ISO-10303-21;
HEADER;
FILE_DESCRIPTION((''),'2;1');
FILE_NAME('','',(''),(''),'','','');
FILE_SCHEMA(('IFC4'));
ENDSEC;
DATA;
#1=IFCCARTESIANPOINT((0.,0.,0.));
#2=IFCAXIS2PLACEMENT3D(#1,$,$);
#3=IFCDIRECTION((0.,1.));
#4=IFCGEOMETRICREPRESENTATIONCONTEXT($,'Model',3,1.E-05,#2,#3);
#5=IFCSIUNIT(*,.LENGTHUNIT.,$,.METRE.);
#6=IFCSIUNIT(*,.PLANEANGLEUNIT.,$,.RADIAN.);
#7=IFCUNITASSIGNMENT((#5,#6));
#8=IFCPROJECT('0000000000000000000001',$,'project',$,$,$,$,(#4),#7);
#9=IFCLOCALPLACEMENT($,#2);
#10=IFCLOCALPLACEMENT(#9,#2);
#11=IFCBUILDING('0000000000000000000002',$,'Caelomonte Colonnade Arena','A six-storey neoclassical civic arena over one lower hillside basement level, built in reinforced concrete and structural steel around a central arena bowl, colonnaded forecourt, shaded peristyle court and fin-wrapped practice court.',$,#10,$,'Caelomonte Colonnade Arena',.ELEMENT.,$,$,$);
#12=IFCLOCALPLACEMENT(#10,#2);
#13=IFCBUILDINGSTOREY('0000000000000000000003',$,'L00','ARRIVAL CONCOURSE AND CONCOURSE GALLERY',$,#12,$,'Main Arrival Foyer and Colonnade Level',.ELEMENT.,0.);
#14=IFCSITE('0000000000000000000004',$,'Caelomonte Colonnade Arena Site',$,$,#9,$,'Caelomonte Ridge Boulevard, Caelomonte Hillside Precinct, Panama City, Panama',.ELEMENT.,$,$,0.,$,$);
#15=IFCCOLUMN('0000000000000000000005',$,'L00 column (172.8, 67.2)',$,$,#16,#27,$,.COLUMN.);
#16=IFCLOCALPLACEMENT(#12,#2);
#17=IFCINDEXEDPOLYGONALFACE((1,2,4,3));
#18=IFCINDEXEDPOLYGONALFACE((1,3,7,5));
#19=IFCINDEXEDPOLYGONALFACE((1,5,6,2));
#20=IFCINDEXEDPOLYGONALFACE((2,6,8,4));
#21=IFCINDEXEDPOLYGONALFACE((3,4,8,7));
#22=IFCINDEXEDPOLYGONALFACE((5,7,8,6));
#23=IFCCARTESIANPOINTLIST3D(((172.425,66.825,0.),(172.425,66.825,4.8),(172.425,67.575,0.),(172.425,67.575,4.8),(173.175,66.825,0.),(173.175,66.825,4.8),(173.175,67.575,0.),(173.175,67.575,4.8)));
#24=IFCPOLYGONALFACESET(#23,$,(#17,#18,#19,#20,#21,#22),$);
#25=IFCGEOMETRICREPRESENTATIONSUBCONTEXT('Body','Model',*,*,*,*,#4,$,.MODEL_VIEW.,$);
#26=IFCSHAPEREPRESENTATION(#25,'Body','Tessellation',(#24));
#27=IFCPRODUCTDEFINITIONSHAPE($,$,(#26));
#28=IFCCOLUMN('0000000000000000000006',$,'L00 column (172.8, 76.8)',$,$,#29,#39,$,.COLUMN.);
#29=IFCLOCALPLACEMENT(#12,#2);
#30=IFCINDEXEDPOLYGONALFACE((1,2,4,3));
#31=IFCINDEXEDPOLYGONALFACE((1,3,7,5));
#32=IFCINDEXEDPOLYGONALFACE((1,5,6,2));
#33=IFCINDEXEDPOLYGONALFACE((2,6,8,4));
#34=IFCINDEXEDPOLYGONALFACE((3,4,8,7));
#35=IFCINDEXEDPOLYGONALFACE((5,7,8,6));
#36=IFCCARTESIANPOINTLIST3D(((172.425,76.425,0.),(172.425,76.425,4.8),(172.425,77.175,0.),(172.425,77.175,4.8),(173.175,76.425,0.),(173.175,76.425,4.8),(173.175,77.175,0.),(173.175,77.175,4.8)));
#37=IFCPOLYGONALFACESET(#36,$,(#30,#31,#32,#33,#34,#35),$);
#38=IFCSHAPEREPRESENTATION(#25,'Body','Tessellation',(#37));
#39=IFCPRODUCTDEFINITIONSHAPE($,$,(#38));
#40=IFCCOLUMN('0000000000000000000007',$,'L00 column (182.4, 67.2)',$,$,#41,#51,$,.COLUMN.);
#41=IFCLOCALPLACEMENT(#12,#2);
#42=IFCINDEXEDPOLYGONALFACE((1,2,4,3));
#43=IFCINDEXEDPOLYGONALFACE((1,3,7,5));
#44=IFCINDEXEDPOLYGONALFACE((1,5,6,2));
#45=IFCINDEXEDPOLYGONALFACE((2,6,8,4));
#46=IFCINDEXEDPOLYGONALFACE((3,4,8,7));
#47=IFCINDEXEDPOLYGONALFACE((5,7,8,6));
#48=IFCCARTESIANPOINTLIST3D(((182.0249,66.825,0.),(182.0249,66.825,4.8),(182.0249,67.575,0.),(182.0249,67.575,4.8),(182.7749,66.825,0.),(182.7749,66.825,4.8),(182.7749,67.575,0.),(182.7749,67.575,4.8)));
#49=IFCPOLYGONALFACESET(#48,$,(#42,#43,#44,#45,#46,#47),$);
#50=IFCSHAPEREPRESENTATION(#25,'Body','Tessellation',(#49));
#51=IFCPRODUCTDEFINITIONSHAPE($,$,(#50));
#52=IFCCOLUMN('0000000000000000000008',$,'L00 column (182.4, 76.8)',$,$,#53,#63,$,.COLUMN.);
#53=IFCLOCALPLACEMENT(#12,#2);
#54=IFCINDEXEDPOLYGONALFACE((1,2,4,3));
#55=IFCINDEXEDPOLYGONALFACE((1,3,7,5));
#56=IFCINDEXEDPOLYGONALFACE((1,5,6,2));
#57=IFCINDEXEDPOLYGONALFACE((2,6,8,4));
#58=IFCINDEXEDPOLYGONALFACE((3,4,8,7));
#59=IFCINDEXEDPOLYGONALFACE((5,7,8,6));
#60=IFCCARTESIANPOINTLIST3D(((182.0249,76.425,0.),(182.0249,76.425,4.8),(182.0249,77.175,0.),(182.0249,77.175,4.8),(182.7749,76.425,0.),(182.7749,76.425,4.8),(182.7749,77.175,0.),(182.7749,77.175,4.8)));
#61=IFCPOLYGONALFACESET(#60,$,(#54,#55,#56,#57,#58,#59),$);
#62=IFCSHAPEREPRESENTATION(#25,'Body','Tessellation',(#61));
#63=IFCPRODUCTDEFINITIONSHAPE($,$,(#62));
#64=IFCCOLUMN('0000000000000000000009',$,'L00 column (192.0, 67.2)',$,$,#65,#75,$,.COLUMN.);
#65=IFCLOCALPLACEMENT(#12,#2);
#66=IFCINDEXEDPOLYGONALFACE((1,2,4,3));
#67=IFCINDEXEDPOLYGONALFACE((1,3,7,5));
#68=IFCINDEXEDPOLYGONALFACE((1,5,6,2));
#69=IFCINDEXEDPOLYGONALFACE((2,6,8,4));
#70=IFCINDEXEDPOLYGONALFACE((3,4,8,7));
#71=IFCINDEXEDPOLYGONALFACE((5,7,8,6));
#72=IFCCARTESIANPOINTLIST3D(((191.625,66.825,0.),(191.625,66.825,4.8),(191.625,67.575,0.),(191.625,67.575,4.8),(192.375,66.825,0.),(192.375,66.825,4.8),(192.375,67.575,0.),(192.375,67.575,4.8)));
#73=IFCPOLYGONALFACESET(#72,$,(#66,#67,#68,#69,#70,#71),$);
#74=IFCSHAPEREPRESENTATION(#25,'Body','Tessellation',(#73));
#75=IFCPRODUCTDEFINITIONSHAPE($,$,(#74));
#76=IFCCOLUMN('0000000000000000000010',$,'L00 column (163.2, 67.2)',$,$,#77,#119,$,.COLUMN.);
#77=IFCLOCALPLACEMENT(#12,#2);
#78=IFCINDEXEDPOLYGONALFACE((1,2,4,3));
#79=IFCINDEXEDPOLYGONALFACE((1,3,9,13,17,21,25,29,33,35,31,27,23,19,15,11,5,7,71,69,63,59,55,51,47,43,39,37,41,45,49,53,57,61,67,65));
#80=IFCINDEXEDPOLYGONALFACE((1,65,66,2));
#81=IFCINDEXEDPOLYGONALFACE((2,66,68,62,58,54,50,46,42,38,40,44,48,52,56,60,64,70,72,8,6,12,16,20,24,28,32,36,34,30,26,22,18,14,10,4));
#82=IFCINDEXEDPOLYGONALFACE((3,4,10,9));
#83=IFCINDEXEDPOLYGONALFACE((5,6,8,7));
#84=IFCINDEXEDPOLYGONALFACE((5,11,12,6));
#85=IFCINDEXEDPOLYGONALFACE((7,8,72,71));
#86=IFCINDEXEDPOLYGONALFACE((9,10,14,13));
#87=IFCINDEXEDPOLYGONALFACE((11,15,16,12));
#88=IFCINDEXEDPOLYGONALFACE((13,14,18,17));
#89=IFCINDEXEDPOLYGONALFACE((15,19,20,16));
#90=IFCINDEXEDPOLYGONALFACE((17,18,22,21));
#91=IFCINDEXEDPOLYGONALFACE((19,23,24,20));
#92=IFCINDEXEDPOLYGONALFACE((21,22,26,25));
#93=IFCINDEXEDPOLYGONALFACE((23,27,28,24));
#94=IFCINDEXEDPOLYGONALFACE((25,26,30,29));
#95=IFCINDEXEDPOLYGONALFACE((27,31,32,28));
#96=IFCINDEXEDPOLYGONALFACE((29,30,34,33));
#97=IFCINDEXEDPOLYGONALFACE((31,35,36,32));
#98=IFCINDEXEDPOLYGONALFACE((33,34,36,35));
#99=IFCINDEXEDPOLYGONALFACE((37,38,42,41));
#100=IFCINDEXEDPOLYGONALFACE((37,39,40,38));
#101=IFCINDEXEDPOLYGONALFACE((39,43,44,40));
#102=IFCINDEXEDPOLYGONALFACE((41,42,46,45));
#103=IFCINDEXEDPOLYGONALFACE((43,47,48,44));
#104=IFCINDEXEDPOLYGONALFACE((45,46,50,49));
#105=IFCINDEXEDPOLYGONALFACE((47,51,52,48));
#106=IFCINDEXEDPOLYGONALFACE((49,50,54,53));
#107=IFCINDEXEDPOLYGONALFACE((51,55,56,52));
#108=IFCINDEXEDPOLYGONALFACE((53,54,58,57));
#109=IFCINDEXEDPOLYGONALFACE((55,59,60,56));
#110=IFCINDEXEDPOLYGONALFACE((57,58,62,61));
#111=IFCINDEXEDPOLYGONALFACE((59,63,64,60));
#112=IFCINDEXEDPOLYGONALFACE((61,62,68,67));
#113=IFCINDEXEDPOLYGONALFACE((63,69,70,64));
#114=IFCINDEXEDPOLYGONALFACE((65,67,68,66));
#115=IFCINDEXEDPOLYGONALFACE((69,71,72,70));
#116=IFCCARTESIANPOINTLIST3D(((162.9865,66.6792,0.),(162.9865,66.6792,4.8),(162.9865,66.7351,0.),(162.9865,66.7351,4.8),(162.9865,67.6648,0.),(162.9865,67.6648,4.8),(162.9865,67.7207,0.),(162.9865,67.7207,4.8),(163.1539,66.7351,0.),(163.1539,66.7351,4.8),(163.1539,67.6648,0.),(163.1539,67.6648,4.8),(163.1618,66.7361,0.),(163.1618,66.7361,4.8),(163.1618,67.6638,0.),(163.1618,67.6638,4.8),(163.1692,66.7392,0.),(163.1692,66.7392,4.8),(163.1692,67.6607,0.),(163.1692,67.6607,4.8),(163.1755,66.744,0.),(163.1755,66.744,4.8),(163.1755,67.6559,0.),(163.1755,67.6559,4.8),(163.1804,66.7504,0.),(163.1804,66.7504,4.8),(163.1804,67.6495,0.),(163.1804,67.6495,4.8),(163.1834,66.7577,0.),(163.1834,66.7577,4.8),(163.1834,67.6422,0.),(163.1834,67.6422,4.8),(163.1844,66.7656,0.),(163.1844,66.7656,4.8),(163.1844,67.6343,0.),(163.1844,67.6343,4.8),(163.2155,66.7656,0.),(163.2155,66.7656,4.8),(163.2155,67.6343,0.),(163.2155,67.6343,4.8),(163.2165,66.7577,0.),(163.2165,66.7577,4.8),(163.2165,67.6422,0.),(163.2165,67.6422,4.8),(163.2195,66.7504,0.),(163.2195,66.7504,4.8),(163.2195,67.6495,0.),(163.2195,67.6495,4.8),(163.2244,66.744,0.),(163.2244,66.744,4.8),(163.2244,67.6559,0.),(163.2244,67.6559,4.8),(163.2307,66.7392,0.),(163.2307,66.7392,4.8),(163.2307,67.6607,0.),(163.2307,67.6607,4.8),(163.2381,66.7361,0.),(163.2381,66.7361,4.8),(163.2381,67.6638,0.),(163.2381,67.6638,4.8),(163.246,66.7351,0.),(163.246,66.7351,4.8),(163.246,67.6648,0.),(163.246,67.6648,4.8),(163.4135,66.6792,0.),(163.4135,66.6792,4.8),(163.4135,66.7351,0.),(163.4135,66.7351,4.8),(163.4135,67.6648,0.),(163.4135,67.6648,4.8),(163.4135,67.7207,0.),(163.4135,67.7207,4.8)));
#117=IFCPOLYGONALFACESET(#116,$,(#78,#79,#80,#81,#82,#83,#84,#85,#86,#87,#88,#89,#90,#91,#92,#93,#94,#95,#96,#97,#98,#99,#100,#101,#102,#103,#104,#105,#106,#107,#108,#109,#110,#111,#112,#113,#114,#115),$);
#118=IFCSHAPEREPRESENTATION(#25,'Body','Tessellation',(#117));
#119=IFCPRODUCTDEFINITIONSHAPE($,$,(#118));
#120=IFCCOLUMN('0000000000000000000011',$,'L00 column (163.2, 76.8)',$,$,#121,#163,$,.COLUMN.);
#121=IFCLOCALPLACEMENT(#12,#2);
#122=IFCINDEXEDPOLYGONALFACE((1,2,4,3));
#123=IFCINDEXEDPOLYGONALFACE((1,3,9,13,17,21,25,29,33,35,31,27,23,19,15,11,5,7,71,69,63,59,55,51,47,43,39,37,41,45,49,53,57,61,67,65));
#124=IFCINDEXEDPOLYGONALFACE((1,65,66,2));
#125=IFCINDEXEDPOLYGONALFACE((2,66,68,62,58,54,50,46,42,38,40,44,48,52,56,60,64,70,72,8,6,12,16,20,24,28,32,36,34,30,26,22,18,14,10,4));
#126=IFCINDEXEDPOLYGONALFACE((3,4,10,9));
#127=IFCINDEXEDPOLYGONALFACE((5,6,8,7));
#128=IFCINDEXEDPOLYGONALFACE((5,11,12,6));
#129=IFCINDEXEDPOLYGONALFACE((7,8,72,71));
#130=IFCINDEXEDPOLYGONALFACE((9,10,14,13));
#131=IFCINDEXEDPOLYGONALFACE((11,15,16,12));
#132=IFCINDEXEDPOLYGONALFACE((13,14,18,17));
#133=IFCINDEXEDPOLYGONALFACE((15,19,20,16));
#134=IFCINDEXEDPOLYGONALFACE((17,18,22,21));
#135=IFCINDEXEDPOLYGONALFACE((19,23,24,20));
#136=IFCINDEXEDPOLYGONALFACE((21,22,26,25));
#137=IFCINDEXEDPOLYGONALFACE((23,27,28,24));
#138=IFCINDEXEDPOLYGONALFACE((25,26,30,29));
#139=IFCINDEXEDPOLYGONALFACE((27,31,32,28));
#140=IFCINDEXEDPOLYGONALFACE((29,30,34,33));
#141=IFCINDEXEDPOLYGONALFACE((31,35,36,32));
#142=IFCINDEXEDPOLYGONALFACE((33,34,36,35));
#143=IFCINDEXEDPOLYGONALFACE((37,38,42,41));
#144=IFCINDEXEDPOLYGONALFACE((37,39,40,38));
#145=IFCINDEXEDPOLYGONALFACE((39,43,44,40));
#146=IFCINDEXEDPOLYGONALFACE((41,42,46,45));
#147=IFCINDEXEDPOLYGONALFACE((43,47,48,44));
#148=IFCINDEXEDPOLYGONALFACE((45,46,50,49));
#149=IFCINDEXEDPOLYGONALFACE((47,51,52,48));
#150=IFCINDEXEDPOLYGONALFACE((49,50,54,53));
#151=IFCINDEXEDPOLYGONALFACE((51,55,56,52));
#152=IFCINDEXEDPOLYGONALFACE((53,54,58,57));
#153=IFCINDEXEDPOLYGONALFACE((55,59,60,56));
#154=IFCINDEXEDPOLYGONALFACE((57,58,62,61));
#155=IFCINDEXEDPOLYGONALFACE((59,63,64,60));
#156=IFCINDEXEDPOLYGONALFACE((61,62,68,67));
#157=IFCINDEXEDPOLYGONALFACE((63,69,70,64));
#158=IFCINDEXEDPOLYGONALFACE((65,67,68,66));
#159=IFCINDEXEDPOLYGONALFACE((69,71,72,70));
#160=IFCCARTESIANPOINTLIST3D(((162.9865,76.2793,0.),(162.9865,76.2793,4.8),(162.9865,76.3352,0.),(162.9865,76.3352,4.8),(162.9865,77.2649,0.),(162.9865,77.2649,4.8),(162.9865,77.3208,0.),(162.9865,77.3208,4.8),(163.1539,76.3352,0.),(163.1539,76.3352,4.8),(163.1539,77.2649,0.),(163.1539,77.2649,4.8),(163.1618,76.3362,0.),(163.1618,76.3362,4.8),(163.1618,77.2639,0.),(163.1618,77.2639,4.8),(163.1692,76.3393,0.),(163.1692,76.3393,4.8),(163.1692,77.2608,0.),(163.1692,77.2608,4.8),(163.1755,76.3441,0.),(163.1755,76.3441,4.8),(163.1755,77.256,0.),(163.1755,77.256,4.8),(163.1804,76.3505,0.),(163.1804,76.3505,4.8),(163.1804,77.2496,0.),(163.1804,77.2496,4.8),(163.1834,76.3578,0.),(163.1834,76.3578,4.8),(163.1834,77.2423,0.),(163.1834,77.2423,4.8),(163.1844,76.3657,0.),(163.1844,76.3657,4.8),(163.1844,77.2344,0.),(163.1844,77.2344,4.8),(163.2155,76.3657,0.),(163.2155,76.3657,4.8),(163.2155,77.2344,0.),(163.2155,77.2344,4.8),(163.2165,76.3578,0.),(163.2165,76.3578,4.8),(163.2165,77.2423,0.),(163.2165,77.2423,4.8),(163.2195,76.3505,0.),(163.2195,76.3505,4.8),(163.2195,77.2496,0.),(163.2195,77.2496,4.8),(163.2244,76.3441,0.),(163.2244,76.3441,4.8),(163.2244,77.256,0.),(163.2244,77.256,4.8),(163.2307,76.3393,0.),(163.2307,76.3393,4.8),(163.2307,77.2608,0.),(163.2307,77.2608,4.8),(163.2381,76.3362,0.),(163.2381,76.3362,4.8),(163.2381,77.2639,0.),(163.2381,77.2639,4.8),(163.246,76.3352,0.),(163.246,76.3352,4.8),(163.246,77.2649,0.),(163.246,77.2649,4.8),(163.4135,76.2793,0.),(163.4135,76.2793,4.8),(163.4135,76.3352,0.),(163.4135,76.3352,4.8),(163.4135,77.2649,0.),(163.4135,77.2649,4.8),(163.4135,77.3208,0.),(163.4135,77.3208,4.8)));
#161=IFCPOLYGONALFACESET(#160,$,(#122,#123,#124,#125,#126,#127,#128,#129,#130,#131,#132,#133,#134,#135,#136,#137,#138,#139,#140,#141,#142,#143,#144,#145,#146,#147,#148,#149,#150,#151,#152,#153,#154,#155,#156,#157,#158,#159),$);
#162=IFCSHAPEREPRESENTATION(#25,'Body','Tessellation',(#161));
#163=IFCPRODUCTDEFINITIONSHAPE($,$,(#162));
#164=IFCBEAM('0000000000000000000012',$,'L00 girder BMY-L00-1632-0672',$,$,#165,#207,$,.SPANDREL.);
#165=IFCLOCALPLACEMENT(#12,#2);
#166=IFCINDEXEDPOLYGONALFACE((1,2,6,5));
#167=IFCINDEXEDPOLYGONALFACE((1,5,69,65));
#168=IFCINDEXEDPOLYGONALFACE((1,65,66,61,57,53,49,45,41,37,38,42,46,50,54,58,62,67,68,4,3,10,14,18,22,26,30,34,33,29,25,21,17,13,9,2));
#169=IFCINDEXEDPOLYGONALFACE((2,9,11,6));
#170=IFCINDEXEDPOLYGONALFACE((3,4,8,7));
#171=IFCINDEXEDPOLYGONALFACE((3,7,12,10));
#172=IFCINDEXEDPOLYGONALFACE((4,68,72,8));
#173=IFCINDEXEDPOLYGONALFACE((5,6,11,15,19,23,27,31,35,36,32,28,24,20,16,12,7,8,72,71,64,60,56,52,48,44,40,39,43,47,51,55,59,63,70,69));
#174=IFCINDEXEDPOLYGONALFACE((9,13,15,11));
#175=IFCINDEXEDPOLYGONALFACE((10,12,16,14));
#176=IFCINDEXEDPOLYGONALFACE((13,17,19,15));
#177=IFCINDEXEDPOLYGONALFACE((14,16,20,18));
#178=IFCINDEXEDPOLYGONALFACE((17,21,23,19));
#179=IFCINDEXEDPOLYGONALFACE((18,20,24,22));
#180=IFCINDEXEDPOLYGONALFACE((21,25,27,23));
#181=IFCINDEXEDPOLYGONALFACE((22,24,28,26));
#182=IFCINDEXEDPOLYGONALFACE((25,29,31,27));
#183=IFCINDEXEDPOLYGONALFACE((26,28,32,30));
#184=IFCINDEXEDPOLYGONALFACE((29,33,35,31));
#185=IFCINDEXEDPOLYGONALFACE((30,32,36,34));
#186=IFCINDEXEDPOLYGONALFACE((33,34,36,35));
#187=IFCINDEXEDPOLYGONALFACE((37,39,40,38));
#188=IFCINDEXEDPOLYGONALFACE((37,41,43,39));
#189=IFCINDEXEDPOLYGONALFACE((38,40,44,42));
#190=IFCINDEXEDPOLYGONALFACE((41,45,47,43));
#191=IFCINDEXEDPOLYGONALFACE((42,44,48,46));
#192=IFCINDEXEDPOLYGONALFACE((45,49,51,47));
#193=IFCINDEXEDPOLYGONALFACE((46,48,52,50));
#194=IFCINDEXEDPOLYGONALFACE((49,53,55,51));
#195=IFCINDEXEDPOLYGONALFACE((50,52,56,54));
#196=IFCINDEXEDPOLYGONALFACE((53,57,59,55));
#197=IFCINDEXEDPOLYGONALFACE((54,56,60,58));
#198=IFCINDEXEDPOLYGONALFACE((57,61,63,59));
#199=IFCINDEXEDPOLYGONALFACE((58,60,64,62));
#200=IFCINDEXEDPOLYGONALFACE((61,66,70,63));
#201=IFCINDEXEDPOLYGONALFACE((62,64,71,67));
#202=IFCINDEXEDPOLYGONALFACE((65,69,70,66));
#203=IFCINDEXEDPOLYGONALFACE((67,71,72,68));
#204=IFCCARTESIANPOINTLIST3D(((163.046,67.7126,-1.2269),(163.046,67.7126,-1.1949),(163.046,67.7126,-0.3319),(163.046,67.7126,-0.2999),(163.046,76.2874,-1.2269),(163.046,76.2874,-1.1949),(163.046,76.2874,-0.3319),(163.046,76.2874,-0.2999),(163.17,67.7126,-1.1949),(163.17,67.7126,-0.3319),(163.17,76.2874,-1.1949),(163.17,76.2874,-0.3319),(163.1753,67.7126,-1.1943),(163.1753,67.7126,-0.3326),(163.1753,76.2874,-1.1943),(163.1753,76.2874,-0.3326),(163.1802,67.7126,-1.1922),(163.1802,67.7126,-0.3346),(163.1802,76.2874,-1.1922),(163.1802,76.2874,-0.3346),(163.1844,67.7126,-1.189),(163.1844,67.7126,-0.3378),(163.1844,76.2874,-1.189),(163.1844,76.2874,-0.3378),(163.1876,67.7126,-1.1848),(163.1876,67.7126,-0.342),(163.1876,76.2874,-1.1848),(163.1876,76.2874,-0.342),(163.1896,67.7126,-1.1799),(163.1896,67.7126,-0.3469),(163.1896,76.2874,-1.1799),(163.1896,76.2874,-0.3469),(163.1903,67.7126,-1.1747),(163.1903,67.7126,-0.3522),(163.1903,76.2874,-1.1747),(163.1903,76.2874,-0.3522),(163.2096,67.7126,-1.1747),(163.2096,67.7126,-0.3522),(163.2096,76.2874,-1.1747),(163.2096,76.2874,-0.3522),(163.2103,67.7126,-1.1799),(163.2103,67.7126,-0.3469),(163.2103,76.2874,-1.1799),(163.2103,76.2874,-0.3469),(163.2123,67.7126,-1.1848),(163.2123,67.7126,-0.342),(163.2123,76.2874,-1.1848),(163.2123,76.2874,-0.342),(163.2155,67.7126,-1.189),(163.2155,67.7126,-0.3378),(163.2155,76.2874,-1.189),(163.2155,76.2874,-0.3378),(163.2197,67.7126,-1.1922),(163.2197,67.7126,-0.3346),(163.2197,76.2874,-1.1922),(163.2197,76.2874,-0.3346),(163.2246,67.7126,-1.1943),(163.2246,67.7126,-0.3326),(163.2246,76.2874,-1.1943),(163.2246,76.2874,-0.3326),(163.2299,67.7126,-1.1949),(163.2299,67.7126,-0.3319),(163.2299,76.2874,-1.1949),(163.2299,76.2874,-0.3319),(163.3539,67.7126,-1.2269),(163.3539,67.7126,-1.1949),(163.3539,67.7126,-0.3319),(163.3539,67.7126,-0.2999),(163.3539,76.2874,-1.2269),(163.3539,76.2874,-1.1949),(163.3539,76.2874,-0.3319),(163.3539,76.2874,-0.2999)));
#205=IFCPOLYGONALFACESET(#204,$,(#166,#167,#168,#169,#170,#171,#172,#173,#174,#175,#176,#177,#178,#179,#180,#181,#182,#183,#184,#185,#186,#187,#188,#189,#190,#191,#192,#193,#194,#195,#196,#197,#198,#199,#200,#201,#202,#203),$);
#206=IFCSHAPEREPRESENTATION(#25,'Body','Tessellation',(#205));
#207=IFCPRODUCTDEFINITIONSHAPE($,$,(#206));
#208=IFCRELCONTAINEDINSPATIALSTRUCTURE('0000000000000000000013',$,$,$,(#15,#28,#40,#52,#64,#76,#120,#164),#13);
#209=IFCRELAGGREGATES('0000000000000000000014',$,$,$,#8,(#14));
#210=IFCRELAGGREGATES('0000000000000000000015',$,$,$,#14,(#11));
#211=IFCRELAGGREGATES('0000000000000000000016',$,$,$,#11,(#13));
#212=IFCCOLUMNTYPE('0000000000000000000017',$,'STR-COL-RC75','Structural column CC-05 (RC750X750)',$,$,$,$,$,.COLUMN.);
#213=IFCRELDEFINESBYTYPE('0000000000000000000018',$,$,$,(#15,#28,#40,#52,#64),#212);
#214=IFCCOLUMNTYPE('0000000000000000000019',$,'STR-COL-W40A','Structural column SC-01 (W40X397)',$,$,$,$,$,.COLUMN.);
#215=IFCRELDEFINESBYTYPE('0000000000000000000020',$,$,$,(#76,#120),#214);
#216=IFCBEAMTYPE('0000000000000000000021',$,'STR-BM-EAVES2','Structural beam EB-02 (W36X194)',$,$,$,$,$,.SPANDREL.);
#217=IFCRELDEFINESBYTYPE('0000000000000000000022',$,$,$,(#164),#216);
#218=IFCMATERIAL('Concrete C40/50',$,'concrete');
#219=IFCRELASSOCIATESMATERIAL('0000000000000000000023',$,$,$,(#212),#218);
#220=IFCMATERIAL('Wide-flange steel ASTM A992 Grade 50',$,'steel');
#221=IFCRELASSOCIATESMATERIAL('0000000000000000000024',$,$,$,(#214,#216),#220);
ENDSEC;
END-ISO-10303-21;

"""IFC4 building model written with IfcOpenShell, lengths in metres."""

from ifc_helpers import new_model, si_unit, direction, frame, origin, origin_2d, place, context, subcontext, project, spatial, rectangle, i_section, extrude, material, material_profile, profile_set, type_object, element, save


model = new_model("IFC4")

# Units and contexts
model_context = context("Model", 3, precision=1e-05, world=origin(), true_north=direction((0.0, 1.0)))
body_context = subcontext(model_context, "Body", "Model", "MODEL_VIEW")
ifc_project = project(units=[si_unit("LENGTHUNIT", "METRE"), si_unit("PLANEANGLEUNIT", "RADIAN")], contexts=[model_context])

# Site, building, storey
site_placement = place(None, origin())
site = spatial("IfcSite", under=ifc_project, at=site_placement, Name="Caelomonte Colonnade Arena Site", LongName="Caelomonte Ridge Boulevard, Caelomonte Hillside Precinct, Panama City, Panama", CompositionType="ELEMENT", RefElevation=0.0)
building_placement = place(site_placement, origin())
building = spatial("IfcBuilding", under=site, at=building_placement, Name="Caelomonte Colonnade Arena", Description="A six-storey neoclassical civic arena over one lower hillside basement level, built in reinforced concrete and structural steel around a central arena bowl, colonnaded forecourt, shaded peristyle court and fin-wrapped practice court.", LongName="Caelomonte Colonnade Arena", CompositionType="ELEMENT")
storey_placement = place(building_placement, origin())
storey = spatial("IfcBuildingStorey", under=building, at=storey_placement, Name="L00", Description="ARRIVAL CONCOURSE AND CONCOURSE GALLERY", LongName="Main Arrival Foyer and Colonnade Level", CompositionType="ELEMENT", Elevation=0.0)

# Columns
ifc_material_1 = material(Name="Concrete C40/50", Category="concrete")
ifc_material_profile_1 = material_profile(ifc_material_1, rectangle(XDim=0.75, YDim=0.75, at=origin_2d()), Name="RC750X750")
ifc_profile_set_1 = profile_set([ifc_material_profile_1], Name="Concrete C40/50")
column_type_1 = type_object("IfcColumnType", Name="STR-COL-RC75", Description="Structural column CC-05 (RC750X750)", PredefinedType="COLUMN", material=ifc_profile_set_1)
for number, where, z_axis, x_axis, name in (
    (1, (172.8, 67.2, 0.0), (0.0, 0.0, 1.0), (1.0, 0.0, 0.0), "L00 column (172.8, 67.2)"),
    (2, (172.8, 76.8, 0.0), (0.0, 0.0, 1.0), (1.0, 0.0, 0.0), "L00 column (172.8, 76.8)"),
    (3, (182.3999, 67.2, 0.0), (0.0, 0.0, 1.0), (1.0, 0.0, 0.0), "L00 column (182.4, 67.2)"),
    (4, (182.3999, 76.8, 0.0), (0.0, 0.0, 1.0), (1.0, 0.0, 0.0), "L00 column (182.4, 76.8)"),
    (5, (192.0, 67.2, 0.0), (0.0, 0.0, 1.0), (1.0, 0.0, 0.0), "L00 column (192.0, 67.2)"),
):
    element("IfcColumn", number, at=place(storey_placement, frame(where, z_axis=z_axis, x_axis=x_axis)), inside=storey, type_object=column_type_1, Name=name, PredefinedType="COLUMN", context=body_context, shape_type="SweptSolid", body=[
        extrude(rectangle(XDim=0.75, YDim=0.75, at=origin_2d()), origin(), (0.0, 0.0, 1.0), 4.8),
    ])
ifc_material_2 = material(Name="Wide-flange steel ASTM A992 Grade 50", Category="steel")
ifc_material_profile_2 = material_profile(ifc_material_2, i_section(OverallWidth=0.427, OverallDepth=1.0415, WebThickness=0.031, FlangeThickness=0.0559, FilletRadius=0.0305, at=origin_2d()), Name="W40X397")
ifc_profile_set_2 = profile_set([ifc_material_profile_2], Name="Wide-flange steel ASTM A992 Grade 50")
column_type_2 = type_object("IfcColumnType", Name="STR-COL-W40A", Description="Structural column SC-01 (W40X397)", PredefinedType="COLUMN", material=ifc_profile_set_2)
for number, where, z_axis, x_axis, name in (
    (6, (163.2, 67.2, 0.0), (0.0, 0.0, 1.0), (1.0, 0.0, 0.0), "L00 column (163.2, 67.2)"),
    (7, (163.2, 76.8, 0.0), (0.0, 0.0, 1.0), (1.0, 0.0, 0.0), "L00 column (163.2, 76.8)"),
):
    element("IfcColumn", number, at=place(storey_placement, frame(where, z_axis=z_axis, x_axis=x_axis)), inside=storey, type_object=column_type_2, Name=name, PredefinedType="COLUMN", context=body_context, shape_type="SweptSolid", body=[
        extrude(i_section(OverallWidth=0.427, OverallDepth=1.0415, WebThickness=0.031, FlangeThickness=0.0559, FilletRadius=0.0305, at=origin_2d()), origin(), (0.0, 0.0, 1.0), 4.8),
    ])

# Beam
ifc_material_profile_3 = material_profile(ifc_material_2, i_section(OverallWidth=0.3079, OverallDepth=0.927, WebThickness=0.0193, FlangeThickness=0.032, FilletRadius=0.0203, at=origin_2d()), Name="W36X194")
ifc_profile_set_3 = profile_set([ifc_material_profile_3], Name="Wide-flange steel ASTM A992 Grade 50")
beam_type_1 = type_object("IfcBeamType", Name="STR-BM-EAVES2", Description="Structural beam EB-02 (W36X194)", PredefinedType="SPANDREL", material=ifc_profile_set_3)
beam_1_placement = place(storey_placement, frame((163.2, 67.7126, -0.7634), z_axis=(0.0, 1.0, 0.0), x_axis=(-1.0, 0.0, 0.0)))
element("IfcBeam", 8, at=beam_1_placement, inside=storey, type_object=beam_type_1, Name="L00 girder BMY-L00-1632-0672", PredefinedType="SPANDREL", context=body_context, shape_type="SweptSolid", body=[
    extrude(i_section(OverallWidth=0.3079, OverallDepth=0.927, WebThickness=0.0193, FlangeThickness=0.032, FilletRadius=0.0203, at=origin_2d()), origin(), (0.0, 0.0, 1.0), 8.5747),
])

save(model, "model.ifc")
